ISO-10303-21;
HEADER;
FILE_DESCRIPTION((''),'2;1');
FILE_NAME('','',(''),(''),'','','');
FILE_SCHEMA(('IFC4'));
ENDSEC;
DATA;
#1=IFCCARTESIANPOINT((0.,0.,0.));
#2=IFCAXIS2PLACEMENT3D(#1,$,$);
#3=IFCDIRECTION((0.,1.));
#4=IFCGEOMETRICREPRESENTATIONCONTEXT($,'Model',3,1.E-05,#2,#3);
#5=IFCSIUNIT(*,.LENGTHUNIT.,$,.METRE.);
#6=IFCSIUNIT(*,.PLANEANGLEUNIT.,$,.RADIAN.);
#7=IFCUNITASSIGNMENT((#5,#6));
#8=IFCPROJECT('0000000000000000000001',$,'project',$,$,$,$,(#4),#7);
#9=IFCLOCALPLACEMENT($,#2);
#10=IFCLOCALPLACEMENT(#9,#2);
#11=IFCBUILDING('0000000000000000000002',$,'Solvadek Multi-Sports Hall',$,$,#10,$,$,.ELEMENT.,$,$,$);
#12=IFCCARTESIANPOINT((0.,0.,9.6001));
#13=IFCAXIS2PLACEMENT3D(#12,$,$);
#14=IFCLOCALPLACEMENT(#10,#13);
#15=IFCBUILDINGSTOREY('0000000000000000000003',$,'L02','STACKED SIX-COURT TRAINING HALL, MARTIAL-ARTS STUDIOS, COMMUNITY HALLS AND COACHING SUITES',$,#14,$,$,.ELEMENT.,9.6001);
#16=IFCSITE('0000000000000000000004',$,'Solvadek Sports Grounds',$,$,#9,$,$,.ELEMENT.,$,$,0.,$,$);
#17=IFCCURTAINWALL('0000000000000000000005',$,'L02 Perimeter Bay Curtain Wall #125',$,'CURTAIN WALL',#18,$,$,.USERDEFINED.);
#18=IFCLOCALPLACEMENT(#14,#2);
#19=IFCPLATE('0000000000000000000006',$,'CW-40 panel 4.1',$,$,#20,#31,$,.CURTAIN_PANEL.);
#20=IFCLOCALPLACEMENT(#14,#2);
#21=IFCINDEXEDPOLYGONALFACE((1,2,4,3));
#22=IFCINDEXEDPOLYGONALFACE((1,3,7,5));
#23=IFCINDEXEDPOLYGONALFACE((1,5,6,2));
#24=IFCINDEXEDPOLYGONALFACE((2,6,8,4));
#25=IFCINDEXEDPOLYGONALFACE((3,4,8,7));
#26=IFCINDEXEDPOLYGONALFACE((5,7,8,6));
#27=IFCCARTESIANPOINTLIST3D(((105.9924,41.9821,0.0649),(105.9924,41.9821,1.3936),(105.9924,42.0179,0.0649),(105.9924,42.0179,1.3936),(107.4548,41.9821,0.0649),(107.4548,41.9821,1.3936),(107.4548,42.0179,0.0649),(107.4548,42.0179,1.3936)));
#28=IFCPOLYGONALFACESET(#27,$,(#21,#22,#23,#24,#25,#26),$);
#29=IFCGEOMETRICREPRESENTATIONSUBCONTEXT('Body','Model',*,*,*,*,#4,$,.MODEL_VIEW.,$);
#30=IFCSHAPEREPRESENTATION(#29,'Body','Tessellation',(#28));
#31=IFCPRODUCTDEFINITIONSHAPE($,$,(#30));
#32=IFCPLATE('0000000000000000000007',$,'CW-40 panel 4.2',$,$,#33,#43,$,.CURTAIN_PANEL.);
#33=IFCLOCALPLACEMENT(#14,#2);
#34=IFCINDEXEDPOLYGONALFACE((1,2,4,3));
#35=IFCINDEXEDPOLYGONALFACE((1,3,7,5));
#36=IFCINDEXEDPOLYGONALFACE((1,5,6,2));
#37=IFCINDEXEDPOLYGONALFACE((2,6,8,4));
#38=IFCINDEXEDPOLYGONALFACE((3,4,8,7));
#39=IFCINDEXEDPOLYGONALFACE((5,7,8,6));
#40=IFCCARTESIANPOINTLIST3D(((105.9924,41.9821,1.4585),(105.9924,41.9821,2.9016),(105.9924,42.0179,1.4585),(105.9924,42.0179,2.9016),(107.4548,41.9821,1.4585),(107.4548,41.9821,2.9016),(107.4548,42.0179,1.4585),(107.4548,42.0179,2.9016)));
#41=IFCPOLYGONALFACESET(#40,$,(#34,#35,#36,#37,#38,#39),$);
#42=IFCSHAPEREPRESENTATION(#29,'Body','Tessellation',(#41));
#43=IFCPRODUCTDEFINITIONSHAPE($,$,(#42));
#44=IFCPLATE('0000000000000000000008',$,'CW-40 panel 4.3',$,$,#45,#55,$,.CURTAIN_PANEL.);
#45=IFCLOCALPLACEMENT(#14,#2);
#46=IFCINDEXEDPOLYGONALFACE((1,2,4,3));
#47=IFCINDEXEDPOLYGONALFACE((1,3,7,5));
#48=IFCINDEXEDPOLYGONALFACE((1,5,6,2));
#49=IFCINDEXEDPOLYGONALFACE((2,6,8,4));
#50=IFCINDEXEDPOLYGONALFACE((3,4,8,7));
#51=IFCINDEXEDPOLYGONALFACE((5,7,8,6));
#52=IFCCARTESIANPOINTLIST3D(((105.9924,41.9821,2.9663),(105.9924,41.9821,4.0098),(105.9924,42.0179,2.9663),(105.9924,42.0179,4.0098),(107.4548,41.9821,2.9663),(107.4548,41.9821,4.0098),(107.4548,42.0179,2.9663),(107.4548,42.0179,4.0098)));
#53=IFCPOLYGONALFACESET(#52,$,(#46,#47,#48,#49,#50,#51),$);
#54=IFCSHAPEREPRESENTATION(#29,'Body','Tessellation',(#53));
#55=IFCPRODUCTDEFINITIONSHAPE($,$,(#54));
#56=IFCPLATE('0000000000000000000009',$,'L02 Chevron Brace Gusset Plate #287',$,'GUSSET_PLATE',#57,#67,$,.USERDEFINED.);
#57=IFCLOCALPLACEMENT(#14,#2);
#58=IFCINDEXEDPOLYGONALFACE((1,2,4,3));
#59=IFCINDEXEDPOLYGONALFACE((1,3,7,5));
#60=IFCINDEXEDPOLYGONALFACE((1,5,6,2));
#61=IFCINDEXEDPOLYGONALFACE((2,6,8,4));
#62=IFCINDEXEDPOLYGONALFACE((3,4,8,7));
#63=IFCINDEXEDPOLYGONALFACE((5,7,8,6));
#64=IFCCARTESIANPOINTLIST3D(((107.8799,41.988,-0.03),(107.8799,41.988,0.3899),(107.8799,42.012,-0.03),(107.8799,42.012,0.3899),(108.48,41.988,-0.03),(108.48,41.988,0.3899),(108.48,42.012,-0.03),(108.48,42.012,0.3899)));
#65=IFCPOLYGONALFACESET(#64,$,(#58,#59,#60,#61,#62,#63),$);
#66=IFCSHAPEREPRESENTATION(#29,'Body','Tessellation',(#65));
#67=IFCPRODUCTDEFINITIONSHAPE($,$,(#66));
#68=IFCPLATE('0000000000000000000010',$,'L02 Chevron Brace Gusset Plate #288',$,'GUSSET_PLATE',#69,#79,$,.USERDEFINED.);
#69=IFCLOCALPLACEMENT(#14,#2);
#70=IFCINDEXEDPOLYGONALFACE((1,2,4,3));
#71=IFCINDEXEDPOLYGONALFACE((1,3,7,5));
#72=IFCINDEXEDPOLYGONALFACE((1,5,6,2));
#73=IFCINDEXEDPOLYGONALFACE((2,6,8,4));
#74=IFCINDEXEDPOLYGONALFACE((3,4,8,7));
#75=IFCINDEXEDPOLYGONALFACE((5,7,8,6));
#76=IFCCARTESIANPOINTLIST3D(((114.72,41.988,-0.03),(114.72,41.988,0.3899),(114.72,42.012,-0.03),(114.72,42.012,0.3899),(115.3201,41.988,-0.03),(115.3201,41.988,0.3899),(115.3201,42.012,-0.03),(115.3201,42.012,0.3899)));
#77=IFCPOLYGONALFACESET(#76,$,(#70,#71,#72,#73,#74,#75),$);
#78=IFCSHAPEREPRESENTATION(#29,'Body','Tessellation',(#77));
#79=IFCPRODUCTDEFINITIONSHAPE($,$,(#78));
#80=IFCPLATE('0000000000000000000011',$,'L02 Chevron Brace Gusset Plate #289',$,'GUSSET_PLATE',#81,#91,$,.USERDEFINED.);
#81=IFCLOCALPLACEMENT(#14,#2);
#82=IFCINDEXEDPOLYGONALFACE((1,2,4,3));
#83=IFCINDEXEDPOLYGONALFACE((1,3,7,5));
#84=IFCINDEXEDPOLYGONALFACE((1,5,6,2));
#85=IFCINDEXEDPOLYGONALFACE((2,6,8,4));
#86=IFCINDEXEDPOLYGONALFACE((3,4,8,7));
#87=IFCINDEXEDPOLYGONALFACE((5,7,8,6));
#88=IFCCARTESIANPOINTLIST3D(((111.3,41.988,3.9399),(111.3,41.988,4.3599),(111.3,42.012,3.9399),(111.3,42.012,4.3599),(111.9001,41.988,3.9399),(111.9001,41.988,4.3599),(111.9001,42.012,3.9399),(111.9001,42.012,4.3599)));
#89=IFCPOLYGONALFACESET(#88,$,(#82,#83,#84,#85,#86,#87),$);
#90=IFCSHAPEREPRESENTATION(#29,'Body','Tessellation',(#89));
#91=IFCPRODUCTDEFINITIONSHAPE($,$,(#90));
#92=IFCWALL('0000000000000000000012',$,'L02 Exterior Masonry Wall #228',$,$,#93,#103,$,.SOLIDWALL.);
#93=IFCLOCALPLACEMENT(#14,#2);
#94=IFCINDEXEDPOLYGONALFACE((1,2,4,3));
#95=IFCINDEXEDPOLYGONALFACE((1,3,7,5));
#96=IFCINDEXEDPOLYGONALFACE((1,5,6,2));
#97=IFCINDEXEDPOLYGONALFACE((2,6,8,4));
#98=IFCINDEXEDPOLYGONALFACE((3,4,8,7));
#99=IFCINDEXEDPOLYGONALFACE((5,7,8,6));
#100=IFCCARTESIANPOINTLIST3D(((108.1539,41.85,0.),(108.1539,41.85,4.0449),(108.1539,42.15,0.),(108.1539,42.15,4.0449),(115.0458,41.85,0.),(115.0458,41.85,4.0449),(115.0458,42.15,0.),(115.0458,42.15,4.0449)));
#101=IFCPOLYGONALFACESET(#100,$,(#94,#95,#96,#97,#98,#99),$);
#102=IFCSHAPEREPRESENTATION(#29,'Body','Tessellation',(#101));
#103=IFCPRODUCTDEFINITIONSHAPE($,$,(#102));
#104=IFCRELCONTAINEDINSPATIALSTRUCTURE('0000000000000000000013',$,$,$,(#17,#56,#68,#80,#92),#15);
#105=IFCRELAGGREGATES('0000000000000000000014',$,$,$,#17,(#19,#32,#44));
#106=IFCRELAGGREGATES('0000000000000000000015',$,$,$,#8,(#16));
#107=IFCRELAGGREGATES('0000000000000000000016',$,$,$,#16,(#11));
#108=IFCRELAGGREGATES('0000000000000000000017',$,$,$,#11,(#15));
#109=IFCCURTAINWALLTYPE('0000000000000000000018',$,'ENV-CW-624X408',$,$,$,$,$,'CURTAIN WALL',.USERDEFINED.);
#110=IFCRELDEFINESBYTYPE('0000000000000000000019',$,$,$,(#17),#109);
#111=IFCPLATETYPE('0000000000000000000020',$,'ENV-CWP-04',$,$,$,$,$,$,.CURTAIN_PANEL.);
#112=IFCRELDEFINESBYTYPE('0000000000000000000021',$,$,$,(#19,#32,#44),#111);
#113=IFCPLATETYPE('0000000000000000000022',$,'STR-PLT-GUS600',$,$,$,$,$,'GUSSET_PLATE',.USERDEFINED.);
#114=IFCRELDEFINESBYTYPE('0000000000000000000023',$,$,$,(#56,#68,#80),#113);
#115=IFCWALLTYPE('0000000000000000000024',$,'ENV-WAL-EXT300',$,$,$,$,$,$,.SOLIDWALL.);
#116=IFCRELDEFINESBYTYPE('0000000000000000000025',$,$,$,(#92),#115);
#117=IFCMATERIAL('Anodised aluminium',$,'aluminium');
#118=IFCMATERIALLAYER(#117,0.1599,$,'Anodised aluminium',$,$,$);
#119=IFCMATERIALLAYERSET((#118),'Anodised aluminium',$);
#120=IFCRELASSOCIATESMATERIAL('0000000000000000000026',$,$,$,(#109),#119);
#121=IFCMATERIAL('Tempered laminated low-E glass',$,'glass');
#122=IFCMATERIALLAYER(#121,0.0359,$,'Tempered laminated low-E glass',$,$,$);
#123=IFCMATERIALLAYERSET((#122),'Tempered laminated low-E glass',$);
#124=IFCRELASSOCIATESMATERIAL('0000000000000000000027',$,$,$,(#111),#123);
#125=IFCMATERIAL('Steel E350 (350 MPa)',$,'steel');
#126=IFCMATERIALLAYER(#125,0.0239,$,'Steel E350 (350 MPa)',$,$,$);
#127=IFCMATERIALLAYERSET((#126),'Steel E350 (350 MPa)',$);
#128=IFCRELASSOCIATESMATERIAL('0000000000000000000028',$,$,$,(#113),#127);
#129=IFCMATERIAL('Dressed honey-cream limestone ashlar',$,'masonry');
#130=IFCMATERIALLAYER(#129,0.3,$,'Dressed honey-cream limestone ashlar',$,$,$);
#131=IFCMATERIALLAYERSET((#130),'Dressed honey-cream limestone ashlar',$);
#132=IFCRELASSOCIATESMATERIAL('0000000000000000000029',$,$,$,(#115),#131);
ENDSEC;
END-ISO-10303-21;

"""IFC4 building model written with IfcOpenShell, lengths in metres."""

from ifc_helpers import new_model, si_unit, direction, frame, frame_2d, origin, origin_2d, place, context, subcontext, project, spatial, rectangle, extrude, material, layer, layer_set, type_object, element, aggregate, save


model = new_model("IFC4")

# Units and contexts
model_context = context("Model", 3, precision=1e-05, world=origin(), true_north=direction((0.0, 1.0)))
body_context = subcontext(model_context, "Body", "Model", "MODEL_VIEW")
ifc_project = project(units=[si_unit("LENGTHUNIT", "METRE"), si_unit("PLANEANGLEUNIT", "RADIAN")], contexts=[model_context])

# Site, building, storey
site_placement = place(None, origin())
site = spatial("IfcSite", under=ifc_project, at=site_placement, Name="Solvadek Sports Grounds", CompositionType="ELEMENT", RefElevation=0.0)
building_placement = place(site_placement, origin())
building = spatial("IfcBuilding", under=site, at=building_placement, Name="Solvadek Multi-Sports Hall", CompositionType="ELEMENT")
storey_placement = place(building_placement, frame((0.0, 0.0, 9.6001)))
storey = spatial("IfcBuildingStorey", under=building, at=storey_placement, Name="L02", Description="STACKED SIX-COURT TRAINING HALL, MARTIAL-ARTS STUDIOS, COMMUNITY HALLS AND COACHING SUITES", CompositionType="ELEMENT", Elevation=9.6001)

# Shared definitions
ifc_material_1 = material(Name="Steel E350 (350 MPa)", Category="steel")

# Curtain wall
ifc_material_2 = material(Name="Anodised aluminium", Category="aluminium")
ifc_layer_1 = layer(ifc_material_2, 0.1599, Name="Anodised aluminium")
ifc_layer_set_1 = layer_set([ifc_layer_1], Name="Anodised aluminium")
curtain_wall_type = type_object("IfcCurtainWallType", Name="ENV-CW-624X408", ElementType="CURTAIN WALL", PredefinedType="USERDEFINED", material=ifc_layer_set_1)
curtain_wall_placement = place(storey_placement, origin())
curtain_wall = element("IfcCurtainWall", 1, at=curtain_wall_placement, inside=storey, type_object=curtain_wall_type, Name="L02 Perimeter Bay Curtain Wall #125", ObjectType="CURTAIN WALL", PredefinedType="USERDEFINED")

# Plates
ifc_material_3 = material(Name="Tempered laminated low-E glass", Category="glass")
ifc_layer_2 = layer(ifc_material_3, 0.0359, Name="Tempered laminated low-E glass")
ifc_layer_set_2 = layer_set([ifc_layer_2], Name="Tempered laminated low-E glass")
plate_type_1 = type_object("IfcPlateType", Name="ENV-CWP-04", PredefinedType="CURTAIN_PANEL", material=ifc_layer_set_2)
plate_1_placement = place(storey_placement, frame((106.7236, 42.0, 0.0649), z_axis=(0.0, 0.0, 1.0), x_axis=(1.0, 0.0, 0.0)))
plate_1 = element("IfcPlate", 2, at=plate_1_placement, type_object=plate_type_1, Name="CW-40 panel 4.1", PredefinedType="CURTAIN_PANEL", context=body_context, shape_type="SweptSolid", body=[
    extrude(rectangle(XDim=1.4624, YDim=0.0359, at=origin_2d()), origin(), (0.0, 0.0, 1.0), 1.3286),
])
plate_2_placement = place(storey_placement, frame((106.7236, 42.0, 1.4585), z_axis=(0.0, 0.0, 1.0), x_axis=(1.0, 0.0, 0.0)))
plate_2 = element("IfcPlate", 3, at=plate_2_placement, type_object=plate_type_1, Name="CW-40 panel 4.2", PredefinedType="CURTAIN_PANEL", context=body_context, shape_type="SweptSolid", body=[
    extrude(rectangle(XDim=1.4624, YDim=0.0359, at=origin_2d()), origin(), (0.0, 0.0, 1.0), 1.4431),
])
plate_3_placement = place(storey_placement, frame((106.7236, 42.0, 2.9663), z_axis=(0.0, 0.0, 1.0), x_axis=(1.0, 0.0, 0.0)))
plate_3 = element("IfcPlate", 4, at=plate_3_placement, type_object=plate_type_1, Name="CW-40 panel 4.3", PredefinedType="CURTAIN_PANEL", context=body_context, shape_type="SweptSolid", body=[
    extrude(rectangle(XDim=1.4624, YDim=0.0359, at=origin_2d()), origin(), (0.0, 0.0, 1.0), 1.0435),
])
aggregate(curtain_wall, [plate_1, plate_2, plate_3])

# Plates
ifc_layer_3 = layer(ifc_material_1, 0.0239, Name="Steel E350 (350 MPa)")
ifc_layer_set_3 = layer_set([ifc_layer_3], Name="Steel E350 (350 MPa)")
plate_type_2 = type_object("IfcPlateType", Name="STR-PLT-GUS600", ElementType="GUSSET_PLATE", PredefinedType="USERDEFINED", material=ifc_layer_set_3)
for number, where, z_axis, x_axis, name in (
    (5, (108.1799, 42.0, -0.03), (0.0, 0.0, 1.0), (1.0, 0.0, 0.0), "L02 Chevron Brace Gusset Plate #287"),
    (6, (115.02, 42.0, -0.03), (0.0, 0.0, 1.0), (1.0, 0.0, 0.0), "L02 Chevron Brace Gusset Plate #288"),
    (7, (111.6001, 42.0, 3.9399), (0.0, 0.0, 1.0), (1.0, 0.0, 0.0), "L02 Chevron Brace Gusset Plate #289"),
):
    element("IfcPlate", number, at=place(storey_placement, frame(where, z_axis=z_axis, x_axis=x_axis)), inside=storey, type_object=plate_type_2, Name=name, ObjectType="GUSSET_PLATE", PredefinedType="USERDEFINED", context=body_context, shape_type="SweptSolid", body=[
        extrude(rectangle(XDim=0.6001, YDim=0.0239, at=origin_2d()), origin(), (0.0, 0.0, 1.0), 0.4199),
    ])

# Wall
ifc_material_4 = material(Name="Dressed honey-cream limestone ashlar", Category="masonry")
ifc_layer_4 = layer(ifc_material_4, 0.3, Name="Dressed honey-cream limestone ashlar")
ifc_layer_set_4 = layer_set([ifc_layer_4], Name="Dressed honey-cream limestone ashlar")
wall_type = type_object("IfcWallType", Name="ENV-WAL-EXT300", PredefinedType="SOLIDWALL", material=ifc_layer_set_4)
wall_placement = place(storey_placement, frame((108.1541, 42.0, 0.0), z_axis=(0.0, 0.0, 1.0), x_axis=(1.0, 0.0, 0.0)))
element("IfcWall", 8, at=wall_placement, inside=storey, type_object=wall_type, Name="L02 Exterior Masonry Wall #228", PredefinedType="SOLIDWALL", context=body_context, shape_type="SweptSolid", body=[
    extrude(rectangle(XDim=6.8918, YDim=0.3, at=frame_2d((3.4458, 0.0))), origin(), (0.0, 0.0, 1.0), 4.0449),
])

save(model, "model.ifc")
